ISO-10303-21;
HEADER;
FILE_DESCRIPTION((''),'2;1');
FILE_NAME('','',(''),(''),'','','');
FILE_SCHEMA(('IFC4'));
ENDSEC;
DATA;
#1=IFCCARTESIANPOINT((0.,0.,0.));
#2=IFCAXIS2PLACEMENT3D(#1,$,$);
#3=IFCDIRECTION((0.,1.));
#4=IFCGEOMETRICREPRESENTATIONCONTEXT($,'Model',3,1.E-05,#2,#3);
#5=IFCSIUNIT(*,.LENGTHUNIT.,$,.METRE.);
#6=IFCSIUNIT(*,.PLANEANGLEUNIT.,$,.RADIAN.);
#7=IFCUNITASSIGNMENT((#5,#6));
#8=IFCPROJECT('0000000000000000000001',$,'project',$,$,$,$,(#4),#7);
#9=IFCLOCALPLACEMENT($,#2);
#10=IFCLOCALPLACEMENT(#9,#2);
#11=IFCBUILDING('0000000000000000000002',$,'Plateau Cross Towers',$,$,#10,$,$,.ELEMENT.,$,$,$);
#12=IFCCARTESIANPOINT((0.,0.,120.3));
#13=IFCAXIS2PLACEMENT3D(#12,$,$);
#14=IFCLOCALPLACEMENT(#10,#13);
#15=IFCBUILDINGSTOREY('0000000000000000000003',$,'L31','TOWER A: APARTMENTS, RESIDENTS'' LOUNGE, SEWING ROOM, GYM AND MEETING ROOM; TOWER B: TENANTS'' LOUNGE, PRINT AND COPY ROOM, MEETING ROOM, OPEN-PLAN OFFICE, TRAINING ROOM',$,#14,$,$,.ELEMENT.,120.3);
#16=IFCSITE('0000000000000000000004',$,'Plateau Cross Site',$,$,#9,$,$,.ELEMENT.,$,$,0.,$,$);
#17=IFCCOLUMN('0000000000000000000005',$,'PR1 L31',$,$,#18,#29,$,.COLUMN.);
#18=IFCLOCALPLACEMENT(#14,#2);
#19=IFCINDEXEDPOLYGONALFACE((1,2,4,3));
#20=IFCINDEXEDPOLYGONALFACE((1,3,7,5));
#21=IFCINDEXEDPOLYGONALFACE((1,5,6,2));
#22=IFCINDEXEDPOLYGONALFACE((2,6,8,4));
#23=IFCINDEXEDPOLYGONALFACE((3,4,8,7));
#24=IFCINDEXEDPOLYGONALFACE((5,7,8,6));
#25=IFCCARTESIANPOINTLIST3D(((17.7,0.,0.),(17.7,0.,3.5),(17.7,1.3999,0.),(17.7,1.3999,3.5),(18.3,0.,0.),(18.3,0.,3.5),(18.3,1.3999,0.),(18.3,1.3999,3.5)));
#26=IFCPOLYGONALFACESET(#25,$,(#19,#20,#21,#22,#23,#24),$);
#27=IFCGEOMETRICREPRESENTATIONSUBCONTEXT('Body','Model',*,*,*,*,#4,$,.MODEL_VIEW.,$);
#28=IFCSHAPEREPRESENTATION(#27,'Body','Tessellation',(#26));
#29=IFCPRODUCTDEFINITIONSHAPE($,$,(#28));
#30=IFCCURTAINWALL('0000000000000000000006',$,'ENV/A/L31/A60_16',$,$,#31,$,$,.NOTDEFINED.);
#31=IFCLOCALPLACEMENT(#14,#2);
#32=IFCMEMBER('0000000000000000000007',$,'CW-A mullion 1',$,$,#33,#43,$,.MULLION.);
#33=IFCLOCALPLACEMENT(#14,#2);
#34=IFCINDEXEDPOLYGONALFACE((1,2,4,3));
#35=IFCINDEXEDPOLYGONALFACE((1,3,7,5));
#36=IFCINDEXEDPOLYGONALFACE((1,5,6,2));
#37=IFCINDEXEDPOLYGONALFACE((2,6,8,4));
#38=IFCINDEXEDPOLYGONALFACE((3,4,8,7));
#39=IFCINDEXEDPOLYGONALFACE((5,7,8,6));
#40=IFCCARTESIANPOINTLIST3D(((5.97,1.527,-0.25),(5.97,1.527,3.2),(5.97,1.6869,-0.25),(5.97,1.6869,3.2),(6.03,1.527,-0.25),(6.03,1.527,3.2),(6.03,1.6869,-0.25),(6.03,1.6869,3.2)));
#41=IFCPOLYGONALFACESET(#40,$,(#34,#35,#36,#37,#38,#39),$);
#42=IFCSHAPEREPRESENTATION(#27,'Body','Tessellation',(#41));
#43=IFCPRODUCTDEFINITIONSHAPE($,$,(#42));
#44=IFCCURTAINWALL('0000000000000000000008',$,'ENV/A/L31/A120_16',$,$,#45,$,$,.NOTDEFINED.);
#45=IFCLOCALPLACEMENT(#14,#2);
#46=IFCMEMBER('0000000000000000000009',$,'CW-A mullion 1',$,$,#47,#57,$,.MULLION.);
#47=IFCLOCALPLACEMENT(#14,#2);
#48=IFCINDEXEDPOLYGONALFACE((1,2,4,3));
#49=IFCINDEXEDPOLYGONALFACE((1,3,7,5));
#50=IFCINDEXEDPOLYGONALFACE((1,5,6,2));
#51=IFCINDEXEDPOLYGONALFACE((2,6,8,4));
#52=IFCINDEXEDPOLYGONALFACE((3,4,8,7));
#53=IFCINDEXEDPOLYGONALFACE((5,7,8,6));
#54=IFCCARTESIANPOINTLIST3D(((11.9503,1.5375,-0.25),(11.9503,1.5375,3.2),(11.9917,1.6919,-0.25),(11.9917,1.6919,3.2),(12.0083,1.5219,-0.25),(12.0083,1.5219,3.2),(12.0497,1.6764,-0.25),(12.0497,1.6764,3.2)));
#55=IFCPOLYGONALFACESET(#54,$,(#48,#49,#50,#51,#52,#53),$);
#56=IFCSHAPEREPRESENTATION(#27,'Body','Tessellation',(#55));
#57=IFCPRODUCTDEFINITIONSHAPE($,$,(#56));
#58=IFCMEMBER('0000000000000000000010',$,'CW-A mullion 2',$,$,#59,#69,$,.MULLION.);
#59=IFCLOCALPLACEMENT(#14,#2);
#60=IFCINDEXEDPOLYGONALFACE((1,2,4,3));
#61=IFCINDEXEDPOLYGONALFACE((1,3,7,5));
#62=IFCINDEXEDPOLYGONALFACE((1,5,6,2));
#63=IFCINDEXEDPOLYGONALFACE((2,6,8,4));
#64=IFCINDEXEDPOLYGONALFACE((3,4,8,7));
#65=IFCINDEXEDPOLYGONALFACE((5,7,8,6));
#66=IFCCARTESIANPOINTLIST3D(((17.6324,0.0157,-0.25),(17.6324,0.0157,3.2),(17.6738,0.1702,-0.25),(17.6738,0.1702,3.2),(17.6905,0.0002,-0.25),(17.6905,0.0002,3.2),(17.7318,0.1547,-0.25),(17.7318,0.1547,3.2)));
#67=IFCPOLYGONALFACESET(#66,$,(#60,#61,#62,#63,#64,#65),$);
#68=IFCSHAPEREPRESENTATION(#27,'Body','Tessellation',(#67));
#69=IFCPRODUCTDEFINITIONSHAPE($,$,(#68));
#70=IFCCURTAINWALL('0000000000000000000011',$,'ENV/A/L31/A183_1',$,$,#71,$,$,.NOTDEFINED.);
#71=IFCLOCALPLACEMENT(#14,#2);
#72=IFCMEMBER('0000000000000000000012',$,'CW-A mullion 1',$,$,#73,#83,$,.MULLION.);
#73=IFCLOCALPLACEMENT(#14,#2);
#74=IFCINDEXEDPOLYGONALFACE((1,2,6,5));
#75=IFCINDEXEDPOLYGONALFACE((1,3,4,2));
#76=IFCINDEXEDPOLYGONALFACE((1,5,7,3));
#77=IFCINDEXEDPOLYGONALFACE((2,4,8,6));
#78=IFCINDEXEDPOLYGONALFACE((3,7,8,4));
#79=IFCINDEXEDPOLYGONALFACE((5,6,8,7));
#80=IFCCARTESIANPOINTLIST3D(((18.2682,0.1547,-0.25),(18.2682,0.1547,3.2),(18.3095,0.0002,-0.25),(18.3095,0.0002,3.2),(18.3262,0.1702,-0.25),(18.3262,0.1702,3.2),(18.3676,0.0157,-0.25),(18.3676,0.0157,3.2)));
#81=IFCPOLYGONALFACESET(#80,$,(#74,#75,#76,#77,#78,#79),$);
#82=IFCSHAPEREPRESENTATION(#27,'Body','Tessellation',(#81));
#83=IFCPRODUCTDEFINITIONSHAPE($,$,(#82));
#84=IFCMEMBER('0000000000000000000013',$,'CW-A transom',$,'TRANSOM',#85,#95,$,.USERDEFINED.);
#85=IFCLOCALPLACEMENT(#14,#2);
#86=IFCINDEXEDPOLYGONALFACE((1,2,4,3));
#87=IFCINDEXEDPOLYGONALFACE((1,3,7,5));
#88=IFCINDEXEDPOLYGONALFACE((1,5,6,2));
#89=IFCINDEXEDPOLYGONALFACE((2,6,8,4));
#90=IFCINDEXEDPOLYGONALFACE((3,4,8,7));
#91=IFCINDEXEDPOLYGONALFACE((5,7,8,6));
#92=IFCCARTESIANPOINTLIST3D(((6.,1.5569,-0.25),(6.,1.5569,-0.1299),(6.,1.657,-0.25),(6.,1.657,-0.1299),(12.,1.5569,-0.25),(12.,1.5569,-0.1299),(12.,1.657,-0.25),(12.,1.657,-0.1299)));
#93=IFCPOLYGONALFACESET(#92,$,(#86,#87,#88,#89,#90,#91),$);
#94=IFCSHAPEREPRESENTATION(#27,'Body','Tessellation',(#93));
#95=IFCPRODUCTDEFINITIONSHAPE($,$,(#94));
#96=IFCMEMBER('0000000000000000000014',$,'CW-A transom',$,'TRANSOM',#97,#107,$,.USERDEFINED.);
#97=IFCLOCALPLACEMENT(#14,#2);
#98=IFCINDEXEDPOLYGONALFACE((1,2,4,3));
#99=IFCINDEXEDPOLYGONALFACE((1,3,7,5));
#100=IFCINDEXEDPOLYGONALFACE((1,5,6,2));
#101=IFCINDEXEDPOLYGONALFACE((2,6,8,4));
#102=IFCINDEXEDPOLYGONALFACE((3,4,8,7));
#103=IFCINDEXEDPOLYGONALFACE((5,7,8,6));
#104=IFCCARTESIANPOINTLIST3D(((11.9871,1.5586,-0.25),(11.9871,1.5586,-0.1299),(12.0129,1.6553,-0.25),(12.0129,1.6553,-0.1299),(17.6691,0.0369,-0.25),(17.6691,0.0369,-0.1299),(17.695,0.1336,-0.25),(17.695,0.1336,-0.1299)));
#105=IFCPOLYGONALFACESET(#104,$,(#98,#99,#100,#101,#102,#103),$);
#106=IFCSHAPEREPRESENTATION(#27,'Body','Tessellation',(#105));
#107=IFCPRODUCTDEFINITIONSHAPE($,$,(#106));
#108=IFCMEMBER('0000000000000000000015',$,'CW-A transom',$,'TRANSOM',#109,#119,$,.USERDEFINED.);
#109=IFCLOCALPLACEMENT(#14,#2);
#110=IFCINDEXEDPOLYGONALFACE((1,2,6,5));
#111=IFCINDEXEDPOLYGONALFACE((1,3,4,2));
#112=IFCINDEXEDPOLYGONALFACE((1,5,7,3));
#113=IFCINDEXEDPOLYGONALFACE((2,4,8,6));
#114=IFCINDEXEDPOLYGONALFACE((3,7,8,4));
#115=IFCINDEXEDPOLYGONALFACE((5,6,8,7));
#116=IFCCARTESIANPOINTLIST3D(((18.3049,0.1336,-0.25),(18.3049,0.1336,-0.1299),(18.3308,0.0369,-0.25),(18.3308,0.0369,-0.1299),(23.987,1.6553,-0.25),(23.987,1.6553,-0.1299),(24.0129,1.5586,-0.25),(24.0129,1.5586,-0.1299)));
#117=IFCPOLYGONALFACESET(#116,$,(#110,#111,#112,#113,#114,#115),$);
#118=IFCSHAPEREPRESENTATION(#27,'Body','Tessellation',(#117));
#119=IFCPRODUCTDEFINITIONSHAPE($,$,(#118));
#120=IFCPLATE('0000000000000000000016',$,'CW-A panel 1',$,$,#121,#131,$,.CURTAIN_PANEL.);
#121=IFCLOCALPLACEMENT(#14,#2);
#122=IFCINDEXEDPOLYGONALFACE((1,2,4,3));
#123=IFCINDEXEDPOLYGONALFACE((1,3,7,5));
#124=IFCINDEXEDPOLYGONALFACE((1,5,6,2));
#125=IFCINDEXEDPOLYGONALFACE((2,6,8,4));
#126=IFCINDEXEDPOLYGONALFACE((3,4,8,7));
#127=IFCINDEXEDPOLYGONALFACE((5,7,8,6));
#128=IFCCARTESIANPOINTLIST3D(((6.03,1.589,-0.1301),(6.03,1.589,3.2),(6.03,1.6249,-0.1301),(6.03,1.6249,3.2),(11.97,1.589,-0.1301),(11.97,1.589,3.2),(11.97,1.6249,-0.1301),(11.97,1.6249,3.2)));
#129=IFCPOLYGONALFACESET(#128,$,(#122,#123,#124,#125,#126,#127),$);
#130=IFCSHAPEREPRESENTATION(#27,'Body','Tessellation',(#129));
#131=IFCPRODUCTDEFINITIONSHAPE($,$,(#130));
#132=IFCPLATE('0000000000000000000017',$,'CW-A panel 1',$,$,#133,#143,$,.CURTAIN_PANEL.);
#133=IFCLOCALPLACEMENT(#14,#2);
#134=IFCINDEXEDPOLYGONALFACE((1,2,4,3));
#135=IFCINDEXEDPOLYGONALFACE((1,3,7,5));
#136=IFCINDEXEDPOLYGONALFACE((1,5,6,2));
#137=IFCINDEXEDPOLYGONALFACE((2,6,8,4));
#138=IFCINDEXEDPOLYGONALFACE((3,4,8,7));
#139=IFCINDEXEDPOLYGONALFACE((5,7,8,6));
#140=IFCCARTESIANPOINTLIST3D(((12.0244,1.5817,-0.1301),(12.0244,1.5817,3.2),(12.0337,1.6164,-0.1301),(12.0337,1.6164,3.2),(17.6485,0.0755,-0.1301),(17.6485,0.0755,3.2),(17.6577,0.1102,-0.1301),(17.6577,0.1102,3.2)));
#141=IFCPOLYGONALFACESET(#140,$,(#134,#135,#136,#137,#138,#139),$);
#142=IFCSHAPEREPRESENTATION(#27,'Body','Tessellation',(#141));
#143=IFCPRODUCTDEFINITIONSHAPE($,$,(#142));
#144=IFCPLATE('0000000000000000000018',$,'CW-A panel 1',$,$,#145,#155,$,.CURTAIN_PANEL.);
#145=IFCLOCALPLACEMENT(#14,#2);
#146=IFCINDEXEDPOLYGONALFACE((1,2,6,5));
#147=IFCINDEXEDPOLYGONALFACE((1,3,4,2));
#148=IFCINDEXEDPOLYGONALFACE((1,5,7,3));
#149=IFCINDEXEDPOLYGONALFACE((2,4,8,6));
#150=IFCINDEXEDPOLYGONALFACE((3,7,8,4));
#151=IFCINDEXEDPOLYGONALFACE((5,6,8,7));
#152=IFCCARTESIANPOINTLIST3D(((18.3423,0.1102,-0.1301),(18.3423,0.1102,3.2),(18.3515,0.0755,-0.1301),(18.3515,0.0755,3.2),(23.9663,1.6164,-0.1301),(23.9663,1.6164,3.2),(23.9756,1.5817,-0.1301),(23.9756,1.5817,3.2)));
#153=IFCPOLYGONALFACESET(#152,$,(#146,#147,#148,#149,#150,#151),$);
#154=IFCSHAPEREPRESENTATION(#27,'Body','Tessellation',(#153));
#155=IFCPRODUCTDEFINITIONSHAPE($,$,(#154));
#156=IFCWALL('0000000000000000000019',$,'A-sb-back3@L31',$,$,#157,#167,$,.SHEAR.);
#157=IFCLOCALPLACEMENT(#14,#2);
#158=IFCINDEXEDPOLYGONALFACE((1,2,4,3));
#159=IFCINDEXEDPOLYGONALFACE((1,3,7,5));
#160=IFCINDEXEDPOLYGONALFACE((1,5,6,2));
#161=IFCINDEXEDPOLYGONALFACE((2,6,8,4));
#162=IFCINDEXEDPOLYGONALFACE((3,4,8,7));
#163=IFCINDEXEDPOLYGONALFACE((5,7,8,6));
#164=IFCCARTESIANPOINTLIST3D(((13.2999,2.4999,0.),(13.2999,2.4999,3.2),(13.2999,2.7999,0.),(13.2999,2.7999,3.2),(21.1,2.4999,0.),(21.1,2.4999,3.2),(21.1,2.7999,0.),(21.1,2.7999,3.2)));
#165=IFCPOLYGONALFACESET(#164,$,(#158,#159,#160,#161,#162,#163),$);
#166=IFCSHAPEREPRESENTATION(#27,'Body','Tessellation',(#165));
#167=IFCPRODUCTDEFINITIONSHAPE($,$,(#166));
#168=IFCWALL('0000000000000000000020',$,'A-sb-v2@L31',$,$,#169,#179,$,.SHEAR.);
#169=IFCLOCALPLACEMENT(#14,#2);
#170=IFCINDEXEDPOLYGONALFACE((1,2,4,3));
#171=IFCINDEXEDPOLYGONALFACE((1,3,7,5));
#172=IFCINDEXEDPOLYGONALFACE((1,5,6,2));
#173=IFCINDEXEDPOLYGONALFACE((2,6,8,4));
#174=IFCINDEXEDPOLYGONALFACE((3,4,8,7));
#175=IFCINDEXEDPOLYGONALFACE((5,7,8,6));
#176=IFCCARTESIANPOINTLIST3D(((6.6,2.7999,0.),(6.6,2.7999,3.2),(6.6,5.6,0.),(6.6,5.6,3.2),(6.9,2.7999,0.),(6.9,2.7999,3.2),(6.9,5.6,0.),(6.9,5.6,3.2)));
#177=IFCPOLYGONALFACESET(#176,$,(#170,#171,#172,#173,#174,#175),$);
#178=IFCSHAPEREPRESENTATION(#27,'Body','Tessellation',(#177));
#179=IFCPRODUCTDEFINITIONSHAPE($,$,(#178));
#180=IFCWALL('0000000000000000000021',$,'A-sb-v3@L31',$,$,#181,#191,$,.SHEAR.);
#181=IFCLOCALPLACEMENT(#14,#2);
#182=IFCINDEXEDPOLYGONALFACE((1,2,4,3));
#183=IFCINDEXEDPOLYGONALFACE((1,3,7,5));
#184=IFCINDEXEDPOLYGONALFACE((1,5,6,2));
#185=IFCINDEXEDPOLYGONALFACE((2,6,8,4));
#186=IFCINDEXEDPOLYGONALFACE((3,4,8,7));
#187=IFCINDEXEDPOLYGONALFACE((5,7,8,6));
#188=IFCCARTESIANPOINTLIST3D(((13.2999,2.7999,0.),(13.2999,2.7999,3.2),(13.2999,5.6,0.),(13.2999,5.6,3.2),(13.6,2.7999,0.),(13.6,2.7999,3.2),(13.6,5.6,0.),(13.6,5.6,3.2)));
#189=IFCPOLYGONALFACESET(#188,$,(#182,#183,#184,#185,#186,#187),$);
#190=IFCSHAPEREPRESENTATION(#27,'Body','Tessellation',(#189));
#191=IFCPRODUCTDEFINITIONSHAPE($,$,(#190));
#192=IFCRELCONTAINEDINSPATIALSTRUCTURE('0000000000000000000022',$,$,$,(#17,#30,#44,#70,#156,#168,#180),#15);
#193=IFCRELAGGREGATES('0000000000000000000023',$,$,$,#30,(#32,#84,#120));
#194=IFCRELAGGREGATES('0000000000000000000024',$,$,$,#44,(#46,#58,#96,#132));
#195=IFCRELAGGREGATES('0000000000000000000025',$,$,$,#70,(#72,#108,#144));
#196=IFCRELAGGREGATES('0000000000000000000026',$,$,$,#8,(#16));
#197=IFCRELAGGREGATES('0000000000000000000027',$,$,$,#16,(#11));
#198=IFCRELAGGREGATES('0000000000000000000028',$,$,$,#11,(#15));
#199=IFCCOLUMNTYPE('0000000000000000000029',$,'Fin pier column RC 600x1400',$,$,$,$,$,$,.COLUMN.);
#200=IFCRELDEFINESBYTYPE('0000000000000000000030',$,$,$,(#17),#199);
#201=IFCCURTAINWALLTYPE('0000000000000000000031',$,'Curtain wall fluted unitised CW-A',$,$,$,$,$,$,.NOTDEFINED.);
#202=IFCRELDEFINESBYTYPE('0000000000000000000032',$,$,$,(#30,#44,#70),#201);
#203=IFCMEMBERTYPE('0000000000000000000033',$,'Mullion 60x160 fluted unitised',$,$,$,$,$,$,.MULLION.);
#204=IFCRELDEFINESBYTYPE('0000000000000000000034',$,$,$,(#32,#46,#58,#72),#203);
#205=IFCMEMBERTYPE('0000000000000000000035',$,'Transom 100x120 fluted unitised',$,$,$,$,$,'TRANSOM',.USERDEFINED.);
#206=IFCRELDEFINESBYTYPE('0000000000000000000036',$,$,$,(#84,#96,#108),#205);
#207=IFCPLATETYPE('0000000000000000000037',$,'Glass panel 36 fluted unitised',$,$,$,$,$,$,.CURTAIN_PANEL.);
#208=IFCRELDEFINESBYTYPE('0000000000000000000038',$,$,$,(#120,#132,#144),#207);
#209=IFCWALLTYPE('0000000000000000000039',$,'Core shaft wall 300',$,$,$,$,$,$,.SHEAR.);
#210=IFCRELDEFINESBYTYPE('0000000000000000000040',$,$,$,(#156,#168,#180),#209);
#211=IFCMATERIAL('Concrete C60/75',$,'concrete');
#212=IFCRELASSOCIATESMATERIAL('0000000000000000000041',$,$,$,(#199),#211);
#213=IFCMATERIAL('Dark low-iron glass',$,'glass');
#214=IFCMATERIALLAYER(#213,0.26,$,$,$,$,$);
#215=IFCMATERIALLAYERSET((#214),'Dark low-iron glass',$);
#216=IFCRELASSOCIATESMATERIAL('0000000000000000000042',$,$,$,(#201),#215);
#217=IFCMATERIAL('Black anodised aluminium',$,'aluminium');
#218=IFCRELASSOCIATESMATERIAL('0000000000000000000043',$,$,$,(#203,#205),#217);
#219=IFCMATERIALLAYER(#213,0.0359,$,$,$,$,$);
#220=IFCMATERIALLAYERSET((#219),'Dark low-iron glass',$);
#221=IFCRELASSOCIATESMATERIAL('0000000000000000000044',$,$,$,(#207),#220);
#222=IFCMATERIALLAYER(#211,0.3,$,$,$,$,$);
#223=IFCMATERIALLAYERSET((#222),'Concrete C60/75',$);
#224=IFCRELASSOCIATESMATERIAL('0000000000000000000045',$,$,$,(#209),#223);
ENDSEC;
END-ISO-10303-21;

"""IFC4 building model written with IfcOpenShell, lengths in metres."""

from ifc_helpers import new_model, si_unit, direction, frame, frame_2d, origin, origin_2d, place, context, subcontext, project, spatial, rectangle, extrude, material, layer, layer_set, material_profile, profile_set, type_object, element, aggregate, save


model = new_model("IFC4")

# Units and contexts
model_context = context("Model", 3, precision=1e-05, world=origin(), true_north=direction((0.0, 1.0)))
body_context = subcontext(model_context, "Body", "Model", "MODEL_VIEW")
ifc_project = project(units=[si_unit("LENGTHUNIT", "METRE"), si_unit("PLANEANGLEUNIT", "RADIAN")], contexts=[model_context])

# Site, building, storey
site_placement = place(None, origin())
site = spatial("IfcSite", under=ifc_project, at=site_placement, Name="Plateau Cross Site", CompositionType="ELEMENT", RefElevation=0.0)
building_placement = place(site_placement, origin())
building = spatial("IfcBuilding", under=site, at=building_placement, Name="Plateau Cross Towers", CompositionType="ELEMENT")
storey_placement = place(building_placement, frame((0.0, 0.0, 120.3)))
storey = spatial("IfcBuildingStorey", under=building, at=storey_placement, Name="L31", Description="TOWER A: APARTMENTS, RESIDENTS' LOUNGE, SEWING ROOM, GYM AND MEETING ROOM; TOWER B: TENANTS' LOUNGE, PRINT AND COPY ROOM, MEETING ROOM, OPEN-PLAN OFFICE, TRAINING ROOM", CompositionType="ELEMENT", Elevation=120.3)

# Column
ifc_material_1 = material(Name="Concrete C60/75", Category="concrete")
ifc_material_profile_1 = material_profile(ifc_material_1, rectangle(XDim=0.6001, YDim=1.3999, at=origin_2d()), Name="RC 600x1400")
ifc_profile_set_1 = profile_set([ifc_material_profile_1], Name="Concrete C60/75")
column_type = type_object("IfcColumnType", Name="Fin pier column RC 600x1400", PredefinedType="COLUMN", material=ifc_profile_set_1)
column_placement = place(storey_placement, frame((18.0, 0.7, 0.0), z_axis=(0.0, 0.0, 1.0), x_axis=(1.0, 0.0, 0.0)))
element("IfcColumn", 1, at=column_placement, inside=storey, type_object=column_type, Name="PR1 L31", PredefinedType="COLUMN", context=body_context, shape_type="SweptSolid", body=[
    extrude(rectangle(XDim=0.6001, YDim=1.3999, at=origin_2d()), origin(), (0.0, 0.0, 1.0), 3.5),
])

# Curtain wall, member
ifc_material_2 = material(Name="Dark low-iron glass", Category="glass")
ifc_layer_1 = layer(ifc_material_2, 0.26)
ifc_layer_set_1 = layer_set([ifc_layer_1], Name="Dark low-iron glass")
curtain_wall_type = type_object("IfcCurtainWallType", Name="Curtain wall fluted unitised CW-A", PredefinedType="NOTDEFINED", material=ifc_layer_set_1)
curtain_wall_1_placement = place(storey_placement, origin())
curtain_wall_1 = element("IfcCurtainWall", 2, at=curtain_wall_1_placement, inside=storey, type_object=curtain_wall_type, Name="ENV/A/L31/A60_16", PredefinedType="NOTDEFINED")
ifc_material_3 = material(Name="Black anodised aluminium", Category="aluminium")
ifc_material_profile_2 = material_profile(ifc_material_3, rectangle(XDim=0.0601, YDim=0.1599, at=origin_2d()), Name="MULLION 60x160")
ifc_profile_set_2 = profile_set([ifc_material_profile_2], Name="Black anodised aluminium")
member_type_1 = type_object("IfcMemberType", Name="Mullion 60x160 fluted unitised", PredefinedType="MULLION", material=ifc_profile_set_2)
member_1_placement = place(storey_placement, frame((6.0, 1.6069, -0.25), z_axis=(0.0, 0.0, 1.0), x_axis=(1.0, 0.0, 0.0)))
member_1 = element("IfcMember", 3, at=member_1_placement, type_object=member_type_1, Name="CW-A mullion 1", PredefinedType="MULLION", context=body_context, shape_type="SweptSolid", body=[
    extrude(rectangle(XDim=0.0601, YDim=0.1599, at=origin_2d()), origin(), (0.0, 0.0, 1.0), 3.45),
])

# Curtain wall, members
curtain_wall_2_placement = place(storey_placement, origin())
curtain_wall_2 = element("IfcCurtainWall", 4, at=curtain_wall_2_placement, inside=storey, type_object=curtain_wall_type, Name="ENV/A/L31/A120_16", PredefinedType="NOTDEFINED")
member_2_placement = place(storey_placement, frame((12.0, 1.6069, -0.25), z_axis=(0.0, 0.0, 1.0), x_axis=(0.965958, -0.258699, 0.0)))
member_2 = element("IfcMember", 5, at=member_2_placement, type_object=member_type_1, Name="CW-A mullion 1", PredefinedType="MULLION", context=body_context, shape_type="SweptSolid", body=[
    extrude(rectangle(XDim=0.0601, YDim=0.1599, at=origin_2d()), origin(), (0.0, 0.0, 1.0), 3.45),
])
member_3_placement = place(storey_placement, frame((17.6821, 0.0852, -0.25), z_axis=(0.0, 0.0, 1.0), x_axis=(0.965958, -0.258699, 0.0)))
member_3 = element("IfcMember", 6, at=member_3_placement, type_object=member_type_1, Name="CW-A mullion 2", PredefinedType="MULLION", context=body_context, shape_type="SweptSolid", body=[
    extrude(rectangle(XDim=0.0601, YDim=0.1599, at=origin_2d()), origin(), (0.0, 0.0, 1.0), 3.45),
])

# Curtain wall, member
curtain_wall_3_placement = place(storey_placement, origin())
curtain_wall_3 = element("IfcCurtainWall", 7, at=curtain_wall_3_placement, inside=storey, type_object=curtain_wall_type, Name="ENV/A/L31/A183_1", PredefinedType="NOTDEFINED")
member_4_placement = place(storey_placement, frame((18.3179, 0.0852, -0.25), z_axis=(0.0, 0.0, 1.0), x_axis=(0.965958, 0.258699, 0.0)))
member_4 = element("IfcMember", 8, at=member_4_placement, type_object=member_type_1, Name="CW-A mullion 1", PredefinedType="MULLION", context=body_context, shape_type="SweptSolid", body=[
    extrude(rectangle(XDim=0.0601, YDim=0.1599, at=origin_2d()), origin(), (0.0, 0.0, 1.0), 3.45),
])

# Members
ifc_material_profile_3 = material_profile(ifc_material_3, rectangle(XDim=0.1001, YDim=0.1201, at=origin_2d()), Name="TRANSOM 100x120")
ifc_profile_set_3 = profile_set([ifc_material_profile_3], Name="Black anodised aluminium")
member_type_2 = type_object("IfcMemberType", Name="Transom 100x120 fluted unitised", ElementType="TRANSOM", PredefinedType="USERDEFINED", material=ifc_profile_set_3)
member_5_placement = place(storey_placement, frame((6.0, 1.6069, -0.1899), z_axis=(1.0, 0.0, 0.0), x_axis=(0.0, 1.0, 0.0)))
member_5 = element("IfcMember", 9, at=member_5_placement, type_object=member_type_2, Name="CW-A transom", ObjectType="TRANSOM", PredefinedType="USERDEFINED", context=body_context, shape_type="SweptSolid", body=[
    extrude(rectangle(XDim=0.1001, YDim=0.1201, at=origin_2d()), origin(), (0.0, 0.0, 1.0), 6.0),
])
member_6_placement = place(storey_placement, frame((12.0, 1.6069, -0.1899), z_axis=(0.96596, -0.258693, 0.0), x_axis=(0.258693, 0.96596, 0.0)))
member_6 = element("IfcMember", 10, at=member_6_placement, type_object=member_type_2, Name="CW-A transom", ObjectType="TRANSOM", PredefinedType="USERDEFINED", context=body_context, shape_type="SweptSolid", body=[
    extrude(rectangle(XDim=0.1001, YDim=0.1201, at=origin_2d()), origin(), (0.0, 0.0, 1.0), 5.8823),
])
member_7_placement = place(storey_placement, frame((18.3179, 0.0852, -0.1899), z_axis=(0.96596, 0.258693, 0.0), x_axis=(-0.258693, 0.96596, 0.0)))
member_7 = element("IfcMember", 11, at=member_7_placement, type_object=member_type_2, Name="CW-A transom", ObjectType="TRANSOM", PredefinedType="USERDEFINED", context=body_context, shape_type="SweptSolid", body=[
    extrude(rectangle(XDim=0.1001, YDim=0.1201, at=origin_2d()), origin(), (0.0, 0.0, 1.0), 5.8823),
])

# Plates
ifc_layer_2 = layer(ifc_material_2, 0.0359)
ifc_layer_set_2 = layer_set([ifc_layer_2], Name="Dark low-iron glass")
plate_type = type_object("IfcPlateType", Name="Glass panel 36 fluted unitised", PredefinedType="CURTAIN_PANEL", material=ifc_layer_set_2)
plate_1_placement = place(storey_placement, frame((9.0, 1.6069, -0.1301), z_axis=(0.0, 0.0, 1.0), x_axis=(1.0, 0.0, 0.0)))
plate_1 = element("IfcPlate", 12, at=plate_1_placement, type_object=plate_type, Name="CW-A panel 1", PredefinedType="CURTAIN_PANEL", context=body_context, shape_type="SweptSolid", body=[
    extrude(rectangle(XDim=5.9399, YDim=0.0359, at=origin_2d()), origin(), (0.0, 0.0, 1.0), 3.3301),
])
aggregate(curtain_wall_1, [member_1, member_5, plate_1])
plate_2_placement = place(storey_placement, frame((14.8411, 0.8459, -0.1301), z_axis=(0.0, 0.0, 1.0), x_axis=(0.965958, -0.258699, 0.0)))
plate_2 = element("IfcPlate", 13, at=plate_2_placement, type_object=plate_type, Name="CW-A panel 1", PredefinedType="CURTAIN_PANEL", context=body_context, shape_type="SweptSolid", body=[
    extrude(rectangle(XDim=5.8223, YDim=0.0359, at=origin_2d()), origin(), (0.0, 0.0, 1.0), 3.3301),
])
aggregate(curtain_wall_2, [member_2, member_3, member_6, plate_2])
plate_3_placement = place(storey_placement, frame((21.1589, 0.8459, -0.1301), z_axis=(0.0, 0.0, 1.0), x_axis=(0.965958, 0.258699, 0.0)))
plate_3 = element("IfcPlate", 14, at=plate_3_placement, type_object=plate_type, Name="CW-A panel 1", PredefinedType="CURTAIN_PANEL", context=body_context, shape_type="SweptSolid", body=[
    extrude(rectangle(XDim=5.8223, YDim=0.0359, at=origin_2d()), origin(), (0.0, 0.0, 1.0), 3.3301),
])
aggregate(curtain_wall_3, [member_4, member_7, plate_3])

# Walls
ifc_layer_3 = layer(ifc_material_1, 0.3)
ifc_layer_set_3 = layer_set([ifc_layer_3], Name="Concrete C60/75")
wall_type_1 = type_object("IfcWallType", Name="Core shaft wall 300", PredefinedType="SHEAR", material=ifc_layer_set_3)
wall_1_placement = place(storey_placement, frame((13.3, 2.6499, 0.0), z_axis=(0.0, 0.0, 1.0), x_axis=(1.0, 0.0, 0.0)))
element("IfcWall", 15, at=wall_1_placement, inside=storey, type_object=wall_type_1, Name="A-sb-back3@L31", PredefinedType="SHEAR", context=body_context, shape_type="SweptSolid", body=[
    extrude(rectangle(XDim=7.8, YDim=0.3, at=frame_2d((3.8999, 0.0))), origin(), (0.0, 0.0, 1.0), 3.2),
])
for number, where, z_axis, x_axis, name in (
    (16, (6.75, 2.8, 0.0), (0.0, 0.0, 1.0), (0.0, 1.0, 0.0), "A-sb-v2@L31"),
    (17, (13.45, 2.8, 0.0), (0.0, 0.0, 1.0), (0.0, 1.0, 0.0), "A-sb-v3@L31"),
):
    element("IfcWall", number, at=place(storey_placement, frame(where, z_axis=z_axis, x_axis=x_axis)), inside=storey, type_object=wall_type_1, Name=name, PredefinedType="SHEAR", context=body_context, shape_type="SweptSolid", body=[
        extrude(rectangle(XDim=2.8, YDim=0.3, at=frame_2d((1.3999, 0.0))), origin(), (0.0, 0.0, 1.0), 3.2),
    ])

save(model, "model.ifc")
